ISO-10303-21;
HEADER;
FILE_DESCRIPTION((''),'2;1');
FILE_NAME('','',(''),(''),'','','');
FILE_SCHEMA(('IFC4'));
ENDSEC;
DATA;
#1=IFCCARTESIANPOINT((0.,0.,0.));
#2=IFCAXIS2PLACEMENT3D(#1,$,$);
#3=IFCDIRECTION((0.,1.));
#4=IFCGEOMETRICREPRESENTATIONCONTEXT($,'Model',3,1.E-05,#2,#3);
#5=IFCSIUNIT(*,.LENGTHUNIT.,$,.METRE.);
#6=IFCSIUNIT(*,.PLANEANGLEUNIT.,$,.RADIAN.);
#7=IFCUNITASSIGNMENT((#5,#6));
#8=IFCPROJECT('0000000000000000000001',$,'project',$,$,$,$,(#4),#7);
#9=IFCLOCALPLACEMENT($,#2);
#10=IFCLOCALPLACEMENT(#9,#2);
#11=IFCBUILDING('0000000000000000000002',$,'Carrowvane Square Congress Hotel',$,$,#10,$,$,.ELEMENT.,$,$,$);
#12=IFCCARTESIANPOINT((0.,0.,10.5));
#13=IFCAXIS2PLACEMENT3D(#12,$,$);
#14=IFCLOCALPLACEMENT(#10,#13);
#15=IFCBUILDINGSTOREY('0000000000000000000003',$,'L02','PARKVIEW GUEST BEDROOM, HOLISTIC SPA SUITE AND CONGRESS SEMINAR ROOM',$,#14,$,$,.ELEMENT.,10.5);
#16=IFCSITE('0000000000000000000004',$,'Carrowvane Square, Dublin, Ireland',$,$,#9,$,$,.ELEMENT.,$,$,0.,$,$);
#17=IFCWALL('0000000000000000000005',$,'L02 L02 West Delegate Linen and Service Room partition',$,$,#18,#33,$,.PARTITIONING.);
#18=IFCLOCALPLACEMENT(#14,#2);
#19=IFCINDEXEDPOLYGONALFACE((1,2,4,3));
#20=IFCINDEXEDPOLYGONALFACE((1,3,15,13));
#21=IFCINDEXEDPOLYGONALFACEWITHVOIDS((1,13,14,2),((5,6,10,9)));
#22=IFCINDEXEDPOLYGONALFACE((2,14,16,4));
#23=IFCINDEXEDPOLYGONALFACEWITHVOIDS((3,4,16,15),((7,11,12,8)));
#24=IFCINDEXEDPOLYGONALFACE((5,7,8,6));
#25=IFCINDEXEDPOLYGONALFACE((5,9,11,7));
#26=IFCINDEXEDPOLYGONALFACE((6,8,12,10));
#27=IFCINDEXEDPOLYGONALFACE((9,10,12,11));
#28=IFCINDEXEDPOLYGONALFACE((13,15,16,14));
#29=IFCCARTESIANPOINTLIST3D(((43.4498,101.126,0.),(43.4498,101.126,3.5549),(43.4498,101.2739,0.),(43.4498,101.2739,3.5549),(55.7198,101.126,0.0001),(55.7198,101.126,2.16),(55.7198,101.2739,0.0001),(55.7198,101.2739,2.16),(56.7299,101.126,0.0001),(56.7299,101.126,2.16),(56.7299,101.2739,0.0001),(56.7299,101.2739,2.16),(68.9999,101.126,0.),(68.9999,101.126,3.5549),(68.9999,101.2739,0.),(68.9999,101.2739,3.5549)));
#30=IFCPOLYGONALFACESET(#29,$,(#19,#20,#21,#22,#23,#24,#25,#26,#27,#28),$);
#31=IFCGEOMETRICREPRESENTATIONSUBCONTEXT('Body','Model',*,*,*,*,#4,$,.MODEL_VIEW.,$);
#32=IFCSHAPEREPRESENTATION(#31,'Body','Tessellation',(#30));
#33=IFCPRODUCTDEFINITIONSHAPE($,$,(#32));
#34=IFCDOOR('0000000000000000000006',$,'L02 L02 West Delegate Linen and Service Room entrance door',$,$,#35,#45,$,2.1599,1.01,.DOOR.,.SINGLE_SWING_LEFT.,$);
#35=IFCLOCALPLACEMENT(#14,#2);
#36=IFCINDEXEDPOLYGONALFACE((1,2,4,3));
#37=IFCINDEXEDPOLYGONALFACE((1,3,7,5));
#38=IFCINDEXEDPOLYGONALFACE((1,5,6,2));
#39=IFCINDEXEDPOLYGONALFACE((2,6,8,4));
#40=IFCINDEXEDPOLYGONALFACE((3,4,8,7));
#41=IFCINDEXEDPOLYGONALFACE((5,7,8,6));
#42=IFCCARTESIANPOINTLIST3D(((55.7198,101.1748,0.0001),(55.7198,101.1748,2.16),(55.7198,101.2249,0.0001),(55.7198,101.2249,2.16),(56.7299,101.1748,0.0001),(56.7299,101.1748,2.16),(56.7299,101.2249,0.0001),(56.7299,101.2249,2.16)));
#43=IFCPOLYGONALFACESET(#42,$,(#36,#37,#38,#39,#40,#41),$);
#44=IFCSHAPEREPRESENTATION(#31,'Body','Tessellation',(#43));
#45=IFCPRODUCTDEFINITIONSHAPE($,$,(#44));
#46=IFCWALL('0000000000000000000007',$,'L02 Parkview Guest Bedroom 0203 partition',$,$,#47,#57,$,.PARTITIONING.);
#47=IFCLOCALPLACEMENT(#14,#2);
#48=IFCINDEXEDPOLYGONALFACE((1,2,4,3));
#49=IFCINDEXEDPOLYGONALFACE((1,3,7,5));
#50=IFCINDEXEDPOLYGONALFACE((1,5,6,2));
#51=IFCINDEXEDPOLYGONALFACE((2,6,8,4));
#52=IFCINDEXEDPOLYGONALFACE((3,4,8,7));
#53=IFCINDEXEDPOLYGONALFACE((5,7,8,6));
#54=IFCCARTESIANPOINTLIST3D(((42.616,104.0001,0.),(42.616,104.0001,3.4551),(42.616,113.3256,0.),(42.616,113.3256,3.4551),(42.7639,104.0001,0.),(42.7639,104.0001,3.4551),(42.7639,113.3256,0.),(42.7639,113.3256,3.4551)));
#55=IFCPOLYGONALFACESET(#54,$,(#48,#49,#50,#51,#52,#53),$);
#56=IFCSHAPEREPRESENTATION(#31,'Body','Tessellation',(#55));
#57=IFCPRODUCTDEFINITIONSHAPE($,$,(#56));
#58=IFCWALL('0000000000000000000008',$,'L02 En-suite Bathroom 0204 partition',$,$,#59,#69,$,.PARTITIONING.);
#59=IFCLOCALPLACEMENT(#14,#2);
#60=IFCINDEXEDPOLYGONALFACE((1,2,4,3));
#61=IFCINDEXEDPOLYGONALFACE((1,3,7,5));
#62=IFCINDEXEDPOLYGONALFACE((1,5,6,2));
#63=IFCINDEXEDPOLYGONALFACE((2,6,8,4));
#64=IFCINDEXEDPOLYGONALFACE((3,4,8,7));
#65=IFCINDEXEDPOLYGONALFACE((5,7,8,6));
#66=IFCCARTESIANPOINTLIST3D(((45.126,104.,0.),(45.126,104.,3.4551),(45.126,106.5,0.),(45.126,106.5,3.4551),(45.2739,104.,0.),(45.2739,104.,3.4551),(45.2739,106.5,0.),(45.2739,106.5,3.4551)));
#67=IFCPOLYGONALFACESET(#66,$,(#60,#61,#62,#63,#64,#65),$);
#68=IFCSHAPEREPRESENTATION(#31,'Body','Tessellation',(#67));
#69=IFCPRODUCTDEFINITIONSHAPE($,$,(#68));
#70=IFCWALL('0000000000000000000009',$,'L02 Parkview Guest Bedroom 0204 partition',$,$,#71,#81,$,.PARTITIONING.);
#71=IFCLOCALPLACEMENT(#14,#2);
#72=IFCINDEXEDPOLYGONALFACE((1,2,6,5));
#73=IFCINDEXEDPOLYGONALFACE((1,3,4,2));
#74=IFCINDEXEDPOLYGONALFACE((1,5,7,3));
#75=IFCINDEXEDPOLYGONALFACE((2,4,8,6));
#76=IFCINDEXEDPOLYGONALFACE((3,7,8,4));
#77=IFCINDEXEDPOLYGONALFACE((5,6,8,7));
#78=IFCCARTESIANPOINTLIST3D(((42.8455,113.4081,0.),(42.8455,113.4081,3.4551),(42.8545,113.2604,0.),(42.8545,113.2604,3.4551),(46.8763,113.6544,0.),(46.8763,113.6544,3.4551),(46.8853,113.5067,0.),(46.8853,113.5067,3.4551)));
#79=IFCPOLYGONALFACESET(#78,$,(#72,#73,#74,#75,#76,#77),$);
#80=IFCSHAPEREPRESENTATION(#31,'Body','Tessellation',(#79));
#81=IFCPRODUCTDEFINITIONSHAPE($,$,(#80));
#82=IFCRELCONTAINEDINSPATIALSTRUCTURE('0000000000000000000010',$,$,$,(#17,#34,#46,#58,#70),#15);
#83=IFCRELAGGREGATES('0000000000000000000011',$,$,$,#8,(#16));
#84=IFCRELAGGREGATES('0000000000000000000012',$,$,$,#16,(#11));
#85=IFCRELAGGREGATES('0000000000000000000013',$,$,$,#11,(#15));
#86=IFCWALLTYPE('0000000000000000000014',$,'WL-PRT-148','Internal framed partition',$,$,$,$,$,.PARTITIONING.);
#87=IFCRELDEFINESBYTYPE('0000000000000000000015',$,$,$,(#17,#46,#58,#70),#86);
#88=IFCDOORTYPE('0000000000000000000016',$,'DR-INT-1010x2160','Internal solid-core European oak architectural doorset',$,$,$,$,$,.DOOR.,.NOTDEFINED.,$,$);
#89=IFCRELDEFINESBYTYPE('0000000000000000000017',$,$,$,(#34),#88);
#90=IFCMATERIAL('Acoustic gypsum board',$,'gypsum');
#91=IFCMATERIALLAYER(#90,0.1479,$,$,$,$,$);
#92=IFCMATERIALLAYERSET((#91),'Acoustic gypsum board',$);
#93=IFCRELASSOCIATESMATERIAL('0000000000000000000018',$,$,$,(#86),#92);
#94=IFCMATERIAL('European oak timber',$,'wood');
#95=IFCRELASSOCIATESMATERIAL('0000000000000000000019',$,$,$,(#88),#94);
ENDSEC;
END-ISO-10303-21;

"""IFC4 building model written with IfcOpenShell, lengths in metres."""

from ifc_helpers import new_model, si_unit, direction, frame, frame_2d, origin, place, context, subcontext, project, spatial, rectangle, extrude, material, layer, layer_set, type_object, element, fill, save


model = new_model("IFC4")

# Units and contexts
model_context = context("Model", 3, precision=1e-05, world=origin(), true_north=direction((0.0, 1.0)))
body_context = subcontext(model_context, "Body", "Model", "MODEL_VIEW")
ifc_project = project(units=[si_unit("LENGTHUNIT", "METRE"), si_unit("PLANEANGLEUNIT", "RADIAN")], contexts=[model_context])

# Site, building, storey
site_placement = place(None, origin())
site = spatial("IfcSite", under=ifc_project, at=site_placement, Name="Carrowvane Square, Dublin, Ireland", CompositionType="ELEMENT", RefElevation=0.0)
building_placement = place(site_placement, origin())
building = spatial("IfcBuilding", under=site, at=building_placement, Name="Carrowvane Square Congress Hotel", CompositionType="ELEMENT")
storey_placement = place(building_placement, frame((0.0, 0.0, 10.5)))
storey = spatial("IfcBuildingStorey", under=building, at=storey_placement, Name="L02", Description="PARKVIEW GUEST BEDROOM, HOLISTIC SPA SUITE AND CONGRESS SEMINAR ROOM", CompositionType="ELEMENT", Elevation=10.5)

# Wall, opening, door
ifc_material_1 = material(Name="Acoustic gypsum board", Category="gypsum")
ifc_layer_1 = layer(ifc_material_1, 0.1479)
ifc_layer_set_1 = layer_set([ifc_layer_1], Name="Acoustic gypsum board")
wall_type_1 = type_object("IfcWallType", Name="WL-PRT-148", Description="Internal framed partition", PredefinedType="PARTITIONING", material=ifc_layer_set_1)
wall_1_placement = place(storey_placement, frame((43.45, 101.2, 0.0), z_axis=(0.0, 0.0, 1.0), x_axis=(1.0, 0.0, 0.0)))
wall_1 = element("IfcWall", 1, at=wall_1_placement, inside=storey, type_object=wall_type_1, Name="L02 L02 West Delegate Linen and Service Room partition", PredefinedType="PARTITIONING", context=body_context, shape_type="SweptSolid", body=[
    extrude(rectangle(XDim=25.55, YDim=0.1479, at=frame_2d((12.7749, 0.0))), origin(), (0.0, 0.0, 1.0), 3.5549),
])
opening_1_placement = place(wall_1_placement, frame((12.27, 0.0, 0.0)))
opening_1 = element("IfcOpeningElement", 2, at=opening_1_placement, cuts=wall_1, PredefinedType="OPENING", context=body_context, shape_type="SweptSolid", body=[
    extrude(rectangle(XDim=1.01, YDim=2.1599, at=frame_2d((0.5049, 1.0801))), frame((0.0, 0.084, 0.0), z_axis=(0.0, -1.0, 0.0), x_axis=(1.0, 0.0, 0.0)), (0.0, 0.0, 1.0), 0.168),
])
ifc_material_2 = material(Name="European oak timber", Category="wood")
door_type_1 = type_object("IfcDoorType", Name="DR-INT-1010x2160", Description="Internal solid-core European oak architectural doorset", OperationType="NOTDEFINED", PredefinedType="DOOR", material=ifc_material_2)
door_1_placement = place(opening_1_placement, origin())
door_1 = element("IfcDoor", 3, at=door_1_placement, inside=storey, type_object=door_type_1, Name="L02 L02 West Delegate Linen and Service Room entrance door", OperationType="SINGLE_SWING_LEFT", OverallHeight=2.1599, OverallWidth=1.01, PredefinedType="DOOR", context=body_context, shape_type="SweptSolid", body=[
    extrude(rectangle(XDim=1.01, YDim=2.1599, at=frame_2d((0.5049, 1.0801))), frame((0.0, 0.0249, 0.0), z_axis=(0.0, -1.0, 0.0), x_axis=(1.0, 0.0, 0.0)), (0.0, 0.0, 1.0), 0.05),
])
fill(opening_1, door_1)

# Walls
wall_2_placement = place(storey_placement, frame((42.6899, 113.3254, 0.0), z_axis=(0.0, 0.0, 1.0), x_axis=(0.0, -1.0, 0.0)))
element("IfcWall", 4, at=wall_2_placement, inside=storey, type_object=wall_type_1, Name="L02 Parkview Guest Bedroom 0203 partition", PredefinedType="PARTITIONING", context=body_context, shape_type="SweptSolid", body=[
    extrude(rectangle(XDim=9.3254, YDim=0.1479, at=frame_2d((4.6626, 0.0))), origin(), (0.0, 0.0, 1.0), 3.4551),
])
wall_3_placement = place(storey_placement, frame((45.2, 106.5, 0.0), z_axis=(0.0, 0.0, 1.0), x_axis=(0.0, -1.0, 0.0)))
element("IfcWall", 5, at=wall_3_placement, inside=storey, type_object=wall_type_1, Name="L02 En-suite Bathroom 0204 partition", PredefinedType="PARTITIONING", context=body_context, shape_type="SweptSolid", body=[
    extrude(rectangle(XDim=2.5, YDim=0.1479, at=frame_2d((1.25, 0.0))), origin(), (0.0, 0.0, 1.0), 3.4551),
])
wall_4_placement = place(storey_placement, frame((42.8501, 113.3342, 0.0), z_axis=(0.0, 0.0, 1.0), x_axis=(0.998138, 0.061001, 0.0)))
element("IfcWall", 6, at=wall_4_placement, inside=storey, type_object=wall_type_1, Name="L02 Parkview Guest Bedroom 0204 partition", PredefinedType="PARTITIONING", context=body_context, shape_type="SweptSolid", body=[
    extrude(rectangle(XDim=4.0383, YDim=0.1479, at=frame_2d((2.019, 0.0))), origin(), (0.0, 0.0, 1.0), 3.4551),
])

save(model, "model.ifc")
